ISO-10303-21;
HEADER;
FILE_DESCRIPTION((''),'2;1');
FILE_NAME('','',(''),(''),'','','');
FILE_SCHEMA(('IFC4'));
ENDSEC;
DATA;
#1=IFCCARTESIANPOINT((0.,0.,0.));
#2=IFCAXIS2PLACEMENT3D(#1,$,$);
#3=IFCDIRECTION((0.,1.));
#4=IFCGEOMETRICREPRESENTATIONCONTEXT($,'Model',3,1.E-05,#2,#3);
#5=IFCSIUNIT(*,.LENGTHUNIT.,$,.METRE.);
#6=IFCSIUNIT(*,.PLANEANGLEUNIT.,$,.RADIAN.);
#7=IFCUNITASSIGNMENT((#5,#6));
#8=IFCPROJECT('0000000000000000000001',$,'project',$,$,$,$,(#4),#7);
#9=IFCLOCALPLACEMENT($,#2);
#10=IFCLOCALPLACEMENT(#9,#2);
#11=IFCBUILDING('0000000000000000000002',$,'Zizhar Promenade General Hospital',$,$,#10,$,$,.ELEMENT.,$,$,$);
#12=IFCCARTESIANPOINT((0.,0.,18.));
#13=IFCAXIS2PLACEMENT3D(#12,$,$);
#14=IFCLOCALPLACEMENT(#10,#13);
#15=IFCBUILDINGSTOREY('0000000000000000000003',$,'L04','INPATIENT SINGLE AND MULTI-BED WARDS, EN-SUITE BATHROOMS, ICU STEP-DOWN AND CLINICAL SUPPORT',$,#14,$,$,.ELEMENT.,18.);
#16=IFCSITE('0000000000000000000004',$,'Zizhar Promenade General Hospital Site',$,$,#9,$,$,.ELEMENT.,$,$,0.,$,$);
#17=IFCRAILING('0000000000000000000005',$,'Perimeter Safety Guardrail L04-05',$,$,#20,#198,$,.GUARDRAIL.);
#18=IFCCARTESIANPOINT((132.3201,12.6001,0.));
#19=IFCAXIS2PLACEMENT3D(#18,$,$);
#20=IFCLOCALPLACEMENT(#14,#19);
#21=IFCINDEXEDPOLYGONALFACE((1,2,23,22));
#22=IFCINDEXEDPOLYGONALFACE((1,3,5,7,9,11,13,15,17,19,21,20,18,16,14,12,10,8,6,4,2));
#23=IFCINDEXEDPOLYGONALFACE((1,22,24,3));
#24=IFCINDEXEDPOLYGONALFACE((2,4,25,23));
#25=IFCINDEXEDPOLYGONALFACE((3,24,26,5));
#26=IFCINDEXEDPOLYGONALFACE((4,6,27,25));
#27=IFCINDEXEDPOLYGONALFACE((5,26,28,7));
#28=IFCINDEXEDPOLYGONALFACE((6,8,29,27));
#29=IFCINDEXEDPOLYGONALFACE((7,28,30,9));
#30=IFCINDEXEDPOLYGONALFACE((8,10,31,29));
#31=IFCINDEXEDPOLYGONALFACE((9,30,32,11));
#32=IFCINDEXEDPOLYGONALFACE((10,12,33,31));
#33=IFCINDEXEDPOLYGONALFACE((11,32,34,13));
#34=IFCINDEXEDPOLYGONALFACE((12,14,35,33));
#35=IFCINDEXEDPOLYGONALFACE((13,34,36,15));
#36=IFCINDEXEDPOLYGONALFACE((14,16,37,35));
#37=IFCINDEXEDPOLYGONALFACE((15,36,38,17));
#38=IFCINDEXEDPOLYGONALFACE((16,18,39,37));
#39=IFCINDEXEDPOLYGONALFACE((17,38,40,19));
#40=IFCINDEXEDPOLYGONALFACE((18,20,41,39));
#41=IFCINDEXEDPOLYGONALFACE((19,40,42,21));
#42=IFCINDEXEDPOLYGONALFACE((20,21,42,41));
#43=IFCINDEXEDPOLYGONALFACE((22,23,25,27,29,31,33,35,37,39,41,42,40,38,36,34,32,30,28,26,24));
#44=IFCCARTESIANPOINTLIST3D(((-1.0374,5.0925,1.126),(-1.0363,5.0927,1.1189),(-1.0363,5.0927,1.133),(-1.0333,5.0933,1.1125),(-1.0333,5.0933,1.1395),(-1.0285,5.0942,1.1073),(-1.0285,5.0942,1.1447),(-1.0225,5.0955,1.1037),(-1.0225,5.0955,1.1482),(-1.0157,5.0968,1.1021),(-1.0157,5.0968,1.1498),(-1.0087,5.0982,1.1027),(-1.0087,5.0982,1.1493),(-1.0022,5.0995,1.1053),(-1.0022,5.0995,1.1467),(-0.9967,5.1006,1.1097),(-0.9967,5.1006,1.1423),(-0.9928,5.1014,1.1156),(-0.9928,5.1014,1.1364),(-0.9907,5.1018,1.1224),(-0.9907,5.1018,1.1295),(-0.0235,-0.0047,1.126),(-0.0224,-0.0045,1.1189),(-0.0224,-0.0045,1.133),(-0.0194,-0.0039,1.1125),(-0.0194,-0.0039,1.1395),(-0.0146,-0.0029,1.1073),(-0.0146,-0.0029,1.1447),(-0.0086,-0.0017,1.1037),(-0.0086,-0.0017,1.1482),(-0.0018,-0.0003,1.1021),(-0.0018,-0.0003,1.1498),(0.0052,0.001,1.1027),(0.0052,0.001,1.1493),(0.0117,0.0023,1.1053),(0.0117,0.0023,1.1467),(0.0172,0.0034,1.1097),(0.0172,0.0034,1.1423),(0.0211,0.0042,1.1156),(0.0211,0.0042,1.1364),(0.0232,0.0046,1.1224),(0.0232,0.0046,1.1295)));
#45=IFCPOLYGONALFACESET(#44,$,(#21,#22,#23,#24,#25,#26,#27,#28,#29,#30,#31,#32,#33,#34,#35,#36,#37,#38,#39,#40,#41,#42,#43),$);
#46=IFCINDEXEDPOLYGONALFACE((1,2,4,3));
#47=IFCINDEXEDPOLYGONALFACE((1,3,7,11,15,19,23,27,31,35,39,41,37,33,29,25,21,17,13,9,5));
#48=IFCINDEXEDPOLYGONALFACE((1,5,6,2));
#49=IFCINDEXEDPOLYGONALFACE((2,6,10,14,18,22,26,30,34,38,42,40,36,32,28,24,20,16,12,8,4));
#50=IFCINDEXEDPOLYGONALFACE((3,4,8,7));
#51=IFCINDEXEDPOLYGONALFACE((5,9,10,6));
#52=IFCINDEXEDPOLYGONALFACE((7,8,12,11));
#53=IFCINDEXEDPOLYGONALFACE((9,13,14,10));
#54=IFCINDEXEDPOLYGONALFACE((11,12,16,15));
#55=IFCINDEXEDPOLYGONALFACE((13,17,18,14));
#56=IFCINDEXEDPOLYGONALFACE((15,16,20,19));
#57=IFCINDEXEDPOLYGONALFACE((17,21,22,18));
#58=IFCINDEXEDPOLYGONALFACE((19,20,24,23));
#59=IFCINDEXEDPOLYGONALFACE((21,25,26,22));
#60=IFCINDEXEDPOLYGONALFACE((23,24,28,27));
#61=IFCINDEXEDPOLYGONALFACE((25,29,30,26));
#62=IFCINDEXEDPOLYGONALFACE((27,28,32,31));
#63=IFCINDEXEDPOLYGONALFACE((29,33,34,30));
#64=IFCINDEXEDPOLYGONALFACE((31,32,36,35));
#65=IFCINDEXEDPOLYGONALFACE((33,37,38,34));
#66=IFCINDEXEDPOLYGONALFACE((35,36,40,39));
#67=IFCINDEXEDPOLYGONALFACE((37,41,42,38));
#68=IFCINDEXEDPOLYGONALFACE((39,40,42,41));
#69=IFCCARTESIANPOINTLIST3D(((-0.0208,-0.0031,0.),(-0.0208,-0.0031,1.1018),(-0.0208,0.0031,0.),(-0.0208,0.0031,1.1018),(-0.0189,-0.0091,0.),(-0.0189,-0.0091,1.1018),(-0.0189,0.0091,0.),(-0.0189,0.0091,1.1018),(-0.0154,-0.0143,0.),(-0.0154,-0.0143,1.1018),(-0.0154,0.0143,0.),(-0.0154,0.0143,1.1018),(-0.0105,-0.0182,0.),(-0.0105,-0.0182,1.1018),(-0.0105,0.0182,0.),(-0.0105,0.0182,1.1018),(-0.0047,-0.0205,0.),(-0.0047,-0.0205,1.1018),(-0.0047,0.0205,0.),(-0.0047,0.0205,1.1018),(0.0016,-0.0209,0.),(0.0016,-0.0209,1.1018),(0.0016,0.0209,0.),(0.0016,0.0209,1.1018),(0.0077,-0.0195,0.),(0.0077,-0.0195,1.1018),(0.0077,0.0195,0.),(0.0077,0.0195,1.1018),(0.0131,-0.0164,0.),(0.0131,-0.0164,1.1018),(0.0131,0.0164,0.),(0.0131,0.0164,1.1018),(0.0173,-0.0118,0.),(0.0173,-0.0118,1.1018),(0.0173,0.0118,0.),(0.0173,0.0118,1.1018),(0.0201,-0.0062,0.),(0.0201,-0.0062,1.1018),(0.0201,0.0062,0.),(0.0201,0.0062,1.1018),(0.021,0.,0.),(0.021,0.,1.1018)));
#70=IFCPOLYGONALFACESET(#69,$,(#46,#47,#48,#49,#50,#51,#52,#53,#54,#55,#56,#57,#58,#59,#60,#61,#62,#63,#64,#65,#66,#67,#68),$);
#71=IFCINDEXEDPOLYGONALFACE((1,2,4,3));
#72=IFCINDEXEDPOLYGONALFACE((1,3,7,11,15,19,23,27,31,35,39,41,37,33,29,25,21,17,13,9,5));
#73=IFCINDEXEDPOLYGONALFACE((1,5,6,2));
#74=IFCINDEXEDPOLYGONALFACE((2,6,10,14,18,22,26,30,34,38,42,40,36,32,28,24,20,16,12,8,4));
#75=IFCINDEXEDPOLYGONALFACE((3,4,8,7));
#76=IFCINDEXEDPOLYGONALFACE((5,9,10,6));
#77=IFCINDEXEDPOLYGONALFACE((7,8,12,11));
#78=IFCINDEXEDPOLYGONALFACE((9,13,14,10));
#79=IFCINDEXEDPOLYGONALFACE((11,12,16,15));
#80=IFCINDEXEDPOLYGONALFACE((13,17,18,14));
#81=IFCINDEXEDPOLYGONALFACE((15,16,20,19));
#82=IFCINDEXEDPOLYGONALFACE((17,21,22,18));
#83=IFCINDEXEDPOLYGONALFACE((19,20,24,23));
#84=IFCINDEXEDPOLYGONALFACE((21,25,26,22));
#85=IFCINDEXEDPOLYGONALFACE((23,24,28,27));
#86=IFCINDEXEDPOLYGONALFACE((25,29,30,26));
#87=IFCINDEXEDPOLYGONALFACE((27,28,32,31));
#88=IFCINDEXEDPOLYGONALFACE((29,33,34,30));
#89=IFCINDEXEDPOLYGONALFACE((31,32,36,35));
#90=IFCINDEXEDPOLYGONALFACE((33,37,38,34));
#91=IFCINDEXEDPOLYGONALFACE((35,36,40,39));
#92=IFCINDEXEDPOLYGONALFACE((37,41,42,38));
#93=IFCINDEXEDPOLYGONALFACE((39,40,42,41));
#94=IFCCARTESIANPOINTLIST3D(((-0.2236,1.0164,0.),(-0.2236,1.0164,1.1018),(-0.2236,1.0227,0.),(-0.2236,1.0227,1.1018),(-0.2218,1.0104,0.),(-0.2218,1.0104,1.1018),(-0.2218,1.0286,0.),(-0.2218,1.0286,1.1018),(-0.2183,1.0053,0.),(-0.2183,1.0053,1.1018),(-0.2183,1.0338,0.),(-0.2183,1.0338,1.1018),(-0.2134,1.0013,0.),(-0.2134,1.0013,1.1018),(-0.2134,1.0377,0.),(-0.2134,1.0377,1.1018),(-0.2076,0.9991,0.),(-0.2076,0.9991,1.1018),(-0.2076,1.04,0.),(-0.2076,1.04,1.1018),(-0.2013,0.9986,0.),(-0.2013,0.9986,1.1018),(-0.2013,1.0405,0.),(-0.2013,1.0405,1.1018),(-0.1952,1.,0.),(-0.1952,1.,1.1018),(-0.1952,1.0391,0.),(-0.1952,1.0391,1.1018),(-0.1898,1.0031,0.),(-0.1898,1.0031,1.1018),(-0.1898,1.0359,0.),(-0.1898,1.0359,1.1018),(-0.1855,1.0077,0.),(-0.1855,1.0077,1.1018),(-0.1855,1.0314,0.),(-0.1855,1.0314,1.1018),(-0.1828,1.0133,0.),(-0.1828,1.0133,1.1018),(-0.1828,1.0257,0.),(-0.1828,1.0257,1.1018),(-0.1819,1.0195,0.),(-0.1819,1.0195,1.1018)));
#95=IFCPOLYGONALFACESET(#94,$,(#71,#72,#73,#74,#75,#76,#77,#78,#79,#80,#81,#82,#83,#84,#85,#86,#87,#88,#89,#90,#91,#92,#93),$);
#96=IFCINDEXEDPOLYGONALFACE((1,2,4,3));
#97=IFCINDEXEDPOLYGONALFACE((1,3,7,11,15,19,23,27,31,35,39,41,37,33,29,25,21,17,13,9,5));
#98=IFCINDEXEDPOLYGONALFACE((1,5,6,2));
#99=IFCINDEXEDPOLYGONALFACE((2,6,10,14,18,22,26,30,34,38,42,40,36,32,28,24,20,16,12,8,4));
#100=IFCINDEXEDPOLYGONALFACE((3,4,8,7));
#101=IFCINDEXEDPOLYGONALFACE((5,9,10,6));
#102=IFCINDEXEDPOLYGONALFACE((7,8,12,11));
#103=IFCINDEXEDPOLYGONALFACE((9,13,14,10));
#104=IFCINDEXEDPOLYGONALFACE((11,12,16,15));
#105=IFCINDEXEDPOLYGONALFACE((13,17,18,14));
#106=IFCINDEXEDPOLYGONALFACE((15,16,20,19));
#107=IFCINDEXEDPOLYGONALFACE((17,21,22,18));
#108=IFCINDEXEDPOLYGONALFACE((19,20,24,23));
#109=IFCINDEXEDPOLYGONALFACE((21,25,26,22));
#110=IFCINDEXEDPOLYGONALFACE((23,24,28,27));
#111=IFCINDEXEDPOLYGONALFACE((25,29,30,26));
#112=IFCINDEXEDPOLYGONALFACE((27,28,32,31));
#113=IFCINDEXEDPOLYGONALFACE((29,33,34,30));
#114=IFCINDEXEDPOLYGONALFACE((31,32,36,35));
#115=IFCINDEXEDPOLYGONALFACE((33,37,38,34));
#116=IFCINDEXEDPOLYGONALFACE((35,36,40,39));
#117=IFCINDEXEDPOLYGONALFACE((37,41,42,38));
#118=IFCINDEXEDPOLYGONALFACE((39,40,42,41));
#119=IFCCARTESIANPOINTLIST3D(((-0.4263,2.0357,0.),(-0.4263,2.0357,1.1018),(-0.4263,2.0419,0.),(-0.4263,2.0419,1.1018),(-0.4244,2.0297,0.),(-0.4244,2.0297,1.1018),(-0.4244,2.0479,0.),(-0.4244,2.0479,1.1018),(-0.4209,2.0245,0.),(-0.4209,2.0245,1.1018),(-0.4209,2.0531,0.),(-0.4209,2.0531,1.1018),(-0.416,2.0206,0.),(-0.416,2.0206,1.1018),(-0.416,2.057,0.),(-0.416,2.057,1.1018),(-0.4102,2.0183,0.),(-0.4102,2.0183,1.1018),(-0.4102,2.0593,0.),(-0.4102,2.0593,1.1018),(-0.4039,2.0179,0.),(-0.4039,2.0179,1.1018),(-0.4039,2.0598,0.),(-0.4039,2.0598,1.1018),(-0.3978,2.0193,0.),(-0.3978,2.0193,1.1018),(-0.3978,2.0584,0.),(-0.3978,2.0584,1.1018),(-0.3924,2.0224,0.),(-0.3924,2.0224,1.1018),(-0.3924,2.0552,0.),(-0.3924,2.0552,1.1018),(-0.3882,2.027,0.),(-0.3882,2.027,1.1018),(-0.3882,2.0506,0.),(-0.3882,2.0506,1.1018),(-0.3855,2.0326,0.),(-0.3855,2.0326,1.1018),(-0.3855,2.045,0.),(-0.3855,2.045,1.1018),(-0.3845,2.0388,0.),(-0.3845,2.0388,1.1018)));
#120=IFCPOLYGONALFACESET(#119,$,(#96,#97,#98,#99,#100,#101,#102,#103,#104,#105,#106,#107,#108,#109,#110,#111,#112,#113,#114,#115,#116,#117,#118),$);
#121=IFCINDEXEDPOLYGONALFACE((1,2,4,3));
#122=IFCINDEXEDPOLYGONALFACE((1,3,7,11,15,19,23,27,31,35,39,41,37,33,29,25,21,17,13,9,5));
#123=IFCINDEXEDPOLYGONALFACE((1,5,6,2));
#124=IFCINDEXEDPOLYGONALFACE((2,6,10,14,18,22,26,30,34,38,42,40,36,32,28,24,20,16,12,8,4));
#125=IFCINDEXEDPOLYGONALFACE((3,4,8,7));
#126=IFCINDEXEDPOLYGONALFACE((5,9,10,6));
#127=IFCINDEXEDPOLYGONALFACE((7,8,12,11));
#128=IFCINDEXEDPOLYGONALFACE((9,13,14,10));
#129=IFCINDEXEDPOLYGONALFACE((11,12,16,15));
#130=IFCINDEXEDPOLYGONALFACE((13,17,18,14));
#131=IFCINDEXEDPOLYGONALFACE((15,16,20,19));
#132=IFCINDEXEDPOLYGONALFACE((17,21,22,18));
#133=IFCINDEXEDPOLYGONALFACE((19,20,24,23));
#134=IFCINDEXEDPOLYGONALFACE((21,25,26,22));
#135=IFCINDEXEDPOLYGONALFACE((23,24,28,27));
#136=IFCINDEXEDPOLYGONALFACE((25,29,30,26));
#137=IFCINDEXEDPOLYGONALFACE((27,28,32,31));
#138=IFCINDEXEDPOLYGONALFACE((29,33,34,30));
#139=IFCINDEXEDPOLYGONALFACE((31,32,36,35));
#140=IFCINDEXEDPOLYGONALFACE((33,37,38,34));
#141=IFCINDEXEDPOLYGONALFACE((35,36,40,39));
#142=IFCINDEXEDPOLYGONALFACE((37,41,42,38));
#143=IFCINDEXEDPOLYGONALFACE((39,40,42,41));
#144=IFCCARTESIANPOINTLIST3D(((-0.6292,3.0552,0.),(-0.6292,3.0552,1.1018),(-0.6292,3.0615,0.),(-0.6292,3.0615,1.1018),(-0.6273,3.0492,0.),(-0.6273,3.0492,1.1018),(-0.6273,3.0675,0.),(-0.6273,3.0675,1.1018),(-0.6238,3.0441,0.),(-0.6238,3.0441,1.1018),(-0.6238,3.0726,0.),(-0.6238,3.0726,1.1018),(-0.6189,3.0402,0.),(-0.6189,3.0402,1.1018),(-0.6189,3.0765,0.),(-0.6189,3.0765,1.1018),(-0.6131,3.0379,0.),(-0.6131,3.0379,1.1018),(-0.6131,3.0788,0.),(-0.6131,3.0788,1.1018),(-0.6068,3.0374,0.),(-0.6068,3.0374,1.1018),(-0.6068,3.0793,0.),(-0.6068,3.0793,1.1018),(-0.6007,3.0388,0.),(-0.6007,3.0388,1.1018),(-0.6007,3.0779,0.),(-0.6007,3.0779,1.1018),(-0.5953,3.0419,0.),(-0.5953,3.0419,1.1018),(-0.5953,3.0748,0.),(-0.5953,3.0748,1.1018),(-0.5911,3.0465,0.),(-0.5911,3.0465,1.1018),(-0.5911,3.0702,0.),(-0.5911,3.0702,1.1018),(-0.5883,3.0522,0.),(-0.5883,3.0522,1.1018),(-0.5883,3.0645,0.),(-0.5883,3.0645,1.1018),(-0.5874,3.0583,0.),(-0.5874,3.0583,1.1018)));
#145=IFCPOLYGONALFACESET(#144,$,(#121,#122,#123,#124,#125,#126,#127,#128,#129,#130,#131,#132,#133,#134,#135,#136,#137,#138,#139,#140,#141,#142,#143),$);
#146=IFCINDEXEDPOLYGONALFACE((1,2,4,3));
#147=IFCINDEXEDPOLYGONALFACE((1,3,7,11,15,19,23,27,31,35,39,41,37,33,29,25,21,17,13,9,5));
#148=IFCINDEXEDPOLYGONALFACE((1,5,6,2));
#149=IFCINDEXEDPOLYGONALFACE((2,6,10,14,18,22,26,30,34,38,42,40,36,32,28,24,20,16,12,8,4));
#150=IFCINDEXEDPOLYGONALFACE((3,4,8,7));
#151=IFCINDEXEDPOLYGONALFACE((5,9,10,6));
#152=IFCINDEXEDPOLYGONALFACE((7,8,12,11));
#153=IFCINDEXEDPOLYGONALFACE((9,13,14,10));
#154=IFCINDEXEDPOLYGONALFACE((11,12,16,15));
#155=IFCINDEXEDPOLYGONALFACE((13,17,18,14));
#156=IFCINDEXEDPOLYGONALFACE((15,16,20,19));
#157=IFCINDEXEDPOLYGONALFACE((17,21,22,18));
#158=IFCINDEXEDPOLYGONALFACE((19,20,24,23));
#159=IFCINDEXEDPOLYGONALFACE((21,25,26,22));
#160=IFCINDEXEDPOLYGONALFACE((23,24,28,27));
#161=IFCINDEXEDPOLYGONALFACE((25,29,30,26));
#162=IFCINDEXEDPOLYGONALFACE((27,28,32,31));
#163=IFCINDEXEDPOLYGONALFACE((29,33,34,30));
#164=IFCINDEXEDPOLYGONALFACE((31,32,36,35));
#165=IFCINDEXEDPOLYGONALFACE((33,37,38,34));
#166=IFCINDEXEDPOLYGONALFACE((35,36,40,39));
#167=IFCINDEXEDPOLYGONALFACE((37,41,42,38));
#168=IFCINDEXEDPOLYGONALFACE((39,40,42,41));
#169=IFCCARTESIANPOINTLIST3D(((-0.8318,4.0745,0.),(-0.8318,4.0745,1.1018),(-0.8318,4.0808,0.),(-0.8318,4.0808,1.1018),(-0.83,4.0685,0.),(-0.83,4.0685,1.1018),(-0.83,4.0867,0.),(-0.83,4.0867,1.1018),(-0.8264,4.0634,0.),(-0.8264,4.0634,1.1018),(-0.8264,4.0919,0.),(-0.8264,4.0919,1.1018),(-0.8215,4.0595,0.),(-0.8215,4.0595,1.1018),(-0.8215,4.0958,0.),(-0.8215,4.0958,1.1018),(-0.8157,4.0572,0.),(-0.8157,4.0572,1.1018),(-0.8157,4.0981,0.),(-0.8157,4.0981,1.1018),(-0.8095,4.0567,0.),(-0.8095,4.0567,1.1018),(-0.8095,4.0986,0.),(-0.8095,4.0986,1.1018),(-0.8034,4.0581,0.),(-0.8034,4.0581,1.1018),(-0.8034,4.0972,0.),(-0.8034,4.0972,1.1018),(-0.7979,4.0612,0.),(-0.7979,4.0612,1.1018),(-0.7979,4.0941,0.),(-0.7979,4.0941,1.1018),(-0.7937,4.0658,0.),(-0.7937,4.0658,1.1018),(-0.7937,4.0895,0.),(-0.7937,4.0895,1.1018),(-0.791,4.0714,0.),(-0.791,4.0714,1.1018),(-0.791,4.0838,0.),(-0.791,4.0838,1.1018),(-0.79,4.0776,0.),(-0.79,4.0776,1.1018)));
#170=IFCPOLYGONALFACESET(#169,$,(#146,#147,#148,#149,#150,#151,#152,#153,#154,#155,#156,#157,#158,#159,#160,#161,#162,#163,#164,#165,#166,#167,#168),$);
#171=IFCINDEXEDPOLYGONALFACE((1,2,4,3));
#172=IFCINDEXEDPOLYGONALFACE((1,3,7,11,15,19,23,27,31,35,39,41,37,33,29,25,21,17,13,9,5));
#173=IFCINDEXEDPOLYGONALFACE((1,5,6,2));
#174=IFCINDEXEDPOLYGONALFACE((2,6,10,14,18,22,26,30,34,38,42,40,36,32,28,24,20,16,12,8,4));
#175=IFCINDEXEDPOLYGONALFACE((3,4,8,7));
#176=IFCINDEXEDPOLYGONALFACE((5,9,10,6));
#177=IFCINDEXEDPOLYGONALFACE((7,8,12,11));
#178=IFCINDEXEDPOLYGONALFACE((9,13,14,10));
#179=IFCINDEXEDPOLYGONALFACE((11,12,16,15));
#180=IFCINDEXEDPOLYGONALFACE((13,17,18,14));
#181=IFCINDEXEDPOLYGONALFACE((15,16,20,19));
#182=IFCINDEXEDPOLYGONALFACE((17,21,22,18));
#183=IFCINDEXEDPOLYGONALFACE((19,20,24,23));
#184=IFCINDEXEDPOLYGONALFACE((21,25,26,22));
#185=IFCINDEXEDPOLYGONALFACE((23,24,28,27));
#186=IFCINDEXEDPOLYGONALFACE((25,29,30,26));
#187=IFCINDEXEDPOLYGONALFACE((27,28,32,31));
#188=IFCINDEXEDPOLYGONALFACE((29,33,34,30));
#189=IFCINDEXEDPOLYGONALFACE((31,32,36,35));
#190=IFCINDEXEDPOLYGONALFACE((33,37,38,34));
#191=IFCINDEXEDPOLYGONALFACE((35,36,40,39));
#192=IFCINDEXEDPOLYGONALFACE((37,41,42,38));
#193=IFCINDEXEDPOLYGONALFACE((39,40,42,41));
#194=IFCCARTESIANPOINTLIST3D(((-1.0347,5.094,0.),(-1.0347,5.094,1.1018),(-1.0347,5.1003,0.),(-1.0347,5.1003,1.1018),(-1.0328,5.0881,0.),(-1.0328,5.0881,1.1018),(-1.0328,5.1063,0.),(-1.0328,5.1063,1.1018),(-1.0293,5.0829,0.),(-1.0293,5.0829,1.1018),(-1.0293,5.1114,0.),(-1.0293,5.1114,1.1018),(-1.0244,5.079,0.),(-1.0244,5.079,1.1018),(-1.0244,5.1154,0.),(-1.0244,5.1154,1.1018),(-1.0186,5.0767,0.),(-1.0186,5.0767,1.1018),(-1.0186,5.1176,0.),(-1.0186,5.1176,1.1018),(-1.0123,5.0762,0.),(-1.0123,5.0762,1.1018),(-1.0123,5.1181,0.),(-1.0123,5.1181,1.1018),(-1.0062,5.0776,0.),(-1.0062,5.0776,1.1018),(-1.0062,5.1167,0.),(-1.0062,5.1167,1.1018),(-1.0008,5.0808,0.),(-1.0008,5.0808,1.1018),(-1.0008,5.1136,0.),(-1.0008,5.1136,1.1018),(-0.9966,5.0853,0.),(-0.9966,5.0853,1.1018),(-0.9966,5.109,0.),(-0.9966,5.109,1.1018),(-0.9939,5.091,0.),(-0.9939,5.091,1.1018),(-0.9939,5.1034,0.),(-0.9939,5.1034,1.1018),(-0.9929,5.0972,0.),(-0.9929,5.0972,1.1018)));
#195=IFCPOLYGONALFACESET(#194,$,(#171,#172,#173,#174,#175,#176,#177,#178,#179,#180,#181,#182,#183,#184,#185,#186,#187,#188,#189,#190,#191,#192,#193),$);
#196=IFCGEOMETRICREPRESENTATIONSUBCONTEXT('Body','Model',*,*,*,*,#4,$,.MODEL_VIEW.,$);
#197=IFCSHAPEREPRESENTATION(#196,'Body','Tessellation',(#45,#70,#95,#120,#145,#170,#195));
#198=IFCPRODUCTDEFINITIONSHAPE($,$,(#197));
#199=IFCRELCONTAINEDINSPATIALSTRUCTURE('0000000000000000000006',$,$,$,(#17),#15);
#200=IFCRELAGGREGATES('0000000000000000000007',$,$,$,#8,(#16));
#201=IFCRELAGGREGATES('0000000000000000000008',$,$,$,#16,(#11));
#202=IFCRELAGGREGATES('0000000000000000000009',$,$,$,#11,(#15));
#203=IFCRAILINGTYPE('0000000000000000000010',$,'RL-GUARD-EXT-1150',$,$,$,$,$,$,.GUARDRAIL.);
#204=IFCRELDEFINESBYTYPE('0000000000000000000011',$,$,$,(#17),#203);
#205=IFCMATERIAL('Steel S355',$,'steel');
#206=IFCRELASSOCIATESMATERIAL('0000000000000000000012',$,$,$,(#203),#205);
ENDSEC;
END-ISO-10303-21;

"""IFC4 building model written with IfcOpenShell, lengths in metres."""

from ifc_helpers import new_model, si_unit, direction, frame, origin, origin_2d, place, context, subcontext, project, spatial, hollow_rectangle, circle, extrude, material, material_profile, profile_set, type_object, element, save


model = new_model("IFC4")

# Units and contexts
model_context = context("Model", 3, precision=1e-05, world=origin(), true_north=direction((0.0, 1.0)))
body_context = subcontext(model_context, "Body", "Model", "MODEL_VIEW")
ifc_project = project(units=[si_unit("LENGTHUNIT", "METRE"), si_unit("PLANEANGLEUNIT", "RADIAN")], contexts=[model_context])

# Site, building, storey
site_placement = place(None, origin())
site = spatial("IfcSite", under=ifc_project, at=site_placement, Name="Zizhar Promenade General Hospital Site", CompositionType="ELEMENT", RefElevation=0.0)
building_placement = place(site_placement, origin())
building = spatial("IfcBuilding", under=site, at=building_placement, Name="Zizhar Promenade General Hospital", CompositionType="ELEMENT")
storey_placement = place(building_placement, frame((0.0, 0.0, 18.0)))
storey = spatial("IfcBuildingStorey", under=building, at=storey_placement, Name="L04", Description="INPATIENT SINGLE AND MULTI-BED WARDS, EN-SUITE BATHROOMS, ICU STEP-DOWN AND CLINICAL SUPPORT", CompositionType="ELEMENT", Elevation=18.0)

# Railing
ifc_material_1 = material(Name="Steel S355", Category="steel")
ifc_material_profile_1 = material_profile(ifc_material_1, hollow_rectangle(XDim=0.0601, YDim=0.1201, WallThickness=0.0039, at=origin_2d()))
ifc_profile_set_1 = profile_set([ifc_material_profile_1], Name="Steel S355")
railing_type = type_object("IfcRailingType", Name="RL-GUARD-EXT-1150", PredefinedType="GUARDRAIL", material=ifc_profile_set_1)
railing_1_placement = place(storey_placement, frame((132.3201, 12.6001, 0.0)))
element("IfcRailing", 1, at=railing_1_placement, inside=storey, type_object=railing_type, Name="Perimeter Safety Guardrail L04-05", PredefinedType="GUARDRAIL", context=body_context, shape_type="SweptSolid", body=[
    extrude(circle(Radius=0.0239, at=origin_2d()), frame((0.0, 0.0, 1.126), z_axis=(-0.195095, 0.980784, 0.0), x_axis=(-0.980784, -0.195095, 0.0)), (0.0, 0.0, 1.0), 5.197),
    extrude(circle(Radius=0.021, at=origin_2d()), origin(), (0.0, 0.0, 1.0), 1.1018),
    extrude(circle(Radius=0.021, at=origin_2d()), frame((-0.2029, 1.0195, 0.0)), (0.0, 0.0, 1.0), 1.1018),
    extrude(circle(Radius=0.021, at=origin_2d()), frame((-0.4055, 2.0388, 0.0)), (0.0, 0.0, 1.0), 1.1018),
    extrude(circle(Radius=0.021, at=origin_2d()), frame((-0.6084, 3.0583, 0.0)), (0.0, 0.0, 1.0), 1.1018),
    extrude(circle(Radius=0.021, at=origin_2d()), frame((-0.811, 4.0776, 0.0)), (0.0, 0.0, 1.0), 1.1018),
    extrude(circle(Radius=0.021, at=origin_2d()), frame((-1.0139, 5.0972, 0.0)), (0.0, 0.0, 1.0), 1.1018),
])

save(model, "model.ifc")
